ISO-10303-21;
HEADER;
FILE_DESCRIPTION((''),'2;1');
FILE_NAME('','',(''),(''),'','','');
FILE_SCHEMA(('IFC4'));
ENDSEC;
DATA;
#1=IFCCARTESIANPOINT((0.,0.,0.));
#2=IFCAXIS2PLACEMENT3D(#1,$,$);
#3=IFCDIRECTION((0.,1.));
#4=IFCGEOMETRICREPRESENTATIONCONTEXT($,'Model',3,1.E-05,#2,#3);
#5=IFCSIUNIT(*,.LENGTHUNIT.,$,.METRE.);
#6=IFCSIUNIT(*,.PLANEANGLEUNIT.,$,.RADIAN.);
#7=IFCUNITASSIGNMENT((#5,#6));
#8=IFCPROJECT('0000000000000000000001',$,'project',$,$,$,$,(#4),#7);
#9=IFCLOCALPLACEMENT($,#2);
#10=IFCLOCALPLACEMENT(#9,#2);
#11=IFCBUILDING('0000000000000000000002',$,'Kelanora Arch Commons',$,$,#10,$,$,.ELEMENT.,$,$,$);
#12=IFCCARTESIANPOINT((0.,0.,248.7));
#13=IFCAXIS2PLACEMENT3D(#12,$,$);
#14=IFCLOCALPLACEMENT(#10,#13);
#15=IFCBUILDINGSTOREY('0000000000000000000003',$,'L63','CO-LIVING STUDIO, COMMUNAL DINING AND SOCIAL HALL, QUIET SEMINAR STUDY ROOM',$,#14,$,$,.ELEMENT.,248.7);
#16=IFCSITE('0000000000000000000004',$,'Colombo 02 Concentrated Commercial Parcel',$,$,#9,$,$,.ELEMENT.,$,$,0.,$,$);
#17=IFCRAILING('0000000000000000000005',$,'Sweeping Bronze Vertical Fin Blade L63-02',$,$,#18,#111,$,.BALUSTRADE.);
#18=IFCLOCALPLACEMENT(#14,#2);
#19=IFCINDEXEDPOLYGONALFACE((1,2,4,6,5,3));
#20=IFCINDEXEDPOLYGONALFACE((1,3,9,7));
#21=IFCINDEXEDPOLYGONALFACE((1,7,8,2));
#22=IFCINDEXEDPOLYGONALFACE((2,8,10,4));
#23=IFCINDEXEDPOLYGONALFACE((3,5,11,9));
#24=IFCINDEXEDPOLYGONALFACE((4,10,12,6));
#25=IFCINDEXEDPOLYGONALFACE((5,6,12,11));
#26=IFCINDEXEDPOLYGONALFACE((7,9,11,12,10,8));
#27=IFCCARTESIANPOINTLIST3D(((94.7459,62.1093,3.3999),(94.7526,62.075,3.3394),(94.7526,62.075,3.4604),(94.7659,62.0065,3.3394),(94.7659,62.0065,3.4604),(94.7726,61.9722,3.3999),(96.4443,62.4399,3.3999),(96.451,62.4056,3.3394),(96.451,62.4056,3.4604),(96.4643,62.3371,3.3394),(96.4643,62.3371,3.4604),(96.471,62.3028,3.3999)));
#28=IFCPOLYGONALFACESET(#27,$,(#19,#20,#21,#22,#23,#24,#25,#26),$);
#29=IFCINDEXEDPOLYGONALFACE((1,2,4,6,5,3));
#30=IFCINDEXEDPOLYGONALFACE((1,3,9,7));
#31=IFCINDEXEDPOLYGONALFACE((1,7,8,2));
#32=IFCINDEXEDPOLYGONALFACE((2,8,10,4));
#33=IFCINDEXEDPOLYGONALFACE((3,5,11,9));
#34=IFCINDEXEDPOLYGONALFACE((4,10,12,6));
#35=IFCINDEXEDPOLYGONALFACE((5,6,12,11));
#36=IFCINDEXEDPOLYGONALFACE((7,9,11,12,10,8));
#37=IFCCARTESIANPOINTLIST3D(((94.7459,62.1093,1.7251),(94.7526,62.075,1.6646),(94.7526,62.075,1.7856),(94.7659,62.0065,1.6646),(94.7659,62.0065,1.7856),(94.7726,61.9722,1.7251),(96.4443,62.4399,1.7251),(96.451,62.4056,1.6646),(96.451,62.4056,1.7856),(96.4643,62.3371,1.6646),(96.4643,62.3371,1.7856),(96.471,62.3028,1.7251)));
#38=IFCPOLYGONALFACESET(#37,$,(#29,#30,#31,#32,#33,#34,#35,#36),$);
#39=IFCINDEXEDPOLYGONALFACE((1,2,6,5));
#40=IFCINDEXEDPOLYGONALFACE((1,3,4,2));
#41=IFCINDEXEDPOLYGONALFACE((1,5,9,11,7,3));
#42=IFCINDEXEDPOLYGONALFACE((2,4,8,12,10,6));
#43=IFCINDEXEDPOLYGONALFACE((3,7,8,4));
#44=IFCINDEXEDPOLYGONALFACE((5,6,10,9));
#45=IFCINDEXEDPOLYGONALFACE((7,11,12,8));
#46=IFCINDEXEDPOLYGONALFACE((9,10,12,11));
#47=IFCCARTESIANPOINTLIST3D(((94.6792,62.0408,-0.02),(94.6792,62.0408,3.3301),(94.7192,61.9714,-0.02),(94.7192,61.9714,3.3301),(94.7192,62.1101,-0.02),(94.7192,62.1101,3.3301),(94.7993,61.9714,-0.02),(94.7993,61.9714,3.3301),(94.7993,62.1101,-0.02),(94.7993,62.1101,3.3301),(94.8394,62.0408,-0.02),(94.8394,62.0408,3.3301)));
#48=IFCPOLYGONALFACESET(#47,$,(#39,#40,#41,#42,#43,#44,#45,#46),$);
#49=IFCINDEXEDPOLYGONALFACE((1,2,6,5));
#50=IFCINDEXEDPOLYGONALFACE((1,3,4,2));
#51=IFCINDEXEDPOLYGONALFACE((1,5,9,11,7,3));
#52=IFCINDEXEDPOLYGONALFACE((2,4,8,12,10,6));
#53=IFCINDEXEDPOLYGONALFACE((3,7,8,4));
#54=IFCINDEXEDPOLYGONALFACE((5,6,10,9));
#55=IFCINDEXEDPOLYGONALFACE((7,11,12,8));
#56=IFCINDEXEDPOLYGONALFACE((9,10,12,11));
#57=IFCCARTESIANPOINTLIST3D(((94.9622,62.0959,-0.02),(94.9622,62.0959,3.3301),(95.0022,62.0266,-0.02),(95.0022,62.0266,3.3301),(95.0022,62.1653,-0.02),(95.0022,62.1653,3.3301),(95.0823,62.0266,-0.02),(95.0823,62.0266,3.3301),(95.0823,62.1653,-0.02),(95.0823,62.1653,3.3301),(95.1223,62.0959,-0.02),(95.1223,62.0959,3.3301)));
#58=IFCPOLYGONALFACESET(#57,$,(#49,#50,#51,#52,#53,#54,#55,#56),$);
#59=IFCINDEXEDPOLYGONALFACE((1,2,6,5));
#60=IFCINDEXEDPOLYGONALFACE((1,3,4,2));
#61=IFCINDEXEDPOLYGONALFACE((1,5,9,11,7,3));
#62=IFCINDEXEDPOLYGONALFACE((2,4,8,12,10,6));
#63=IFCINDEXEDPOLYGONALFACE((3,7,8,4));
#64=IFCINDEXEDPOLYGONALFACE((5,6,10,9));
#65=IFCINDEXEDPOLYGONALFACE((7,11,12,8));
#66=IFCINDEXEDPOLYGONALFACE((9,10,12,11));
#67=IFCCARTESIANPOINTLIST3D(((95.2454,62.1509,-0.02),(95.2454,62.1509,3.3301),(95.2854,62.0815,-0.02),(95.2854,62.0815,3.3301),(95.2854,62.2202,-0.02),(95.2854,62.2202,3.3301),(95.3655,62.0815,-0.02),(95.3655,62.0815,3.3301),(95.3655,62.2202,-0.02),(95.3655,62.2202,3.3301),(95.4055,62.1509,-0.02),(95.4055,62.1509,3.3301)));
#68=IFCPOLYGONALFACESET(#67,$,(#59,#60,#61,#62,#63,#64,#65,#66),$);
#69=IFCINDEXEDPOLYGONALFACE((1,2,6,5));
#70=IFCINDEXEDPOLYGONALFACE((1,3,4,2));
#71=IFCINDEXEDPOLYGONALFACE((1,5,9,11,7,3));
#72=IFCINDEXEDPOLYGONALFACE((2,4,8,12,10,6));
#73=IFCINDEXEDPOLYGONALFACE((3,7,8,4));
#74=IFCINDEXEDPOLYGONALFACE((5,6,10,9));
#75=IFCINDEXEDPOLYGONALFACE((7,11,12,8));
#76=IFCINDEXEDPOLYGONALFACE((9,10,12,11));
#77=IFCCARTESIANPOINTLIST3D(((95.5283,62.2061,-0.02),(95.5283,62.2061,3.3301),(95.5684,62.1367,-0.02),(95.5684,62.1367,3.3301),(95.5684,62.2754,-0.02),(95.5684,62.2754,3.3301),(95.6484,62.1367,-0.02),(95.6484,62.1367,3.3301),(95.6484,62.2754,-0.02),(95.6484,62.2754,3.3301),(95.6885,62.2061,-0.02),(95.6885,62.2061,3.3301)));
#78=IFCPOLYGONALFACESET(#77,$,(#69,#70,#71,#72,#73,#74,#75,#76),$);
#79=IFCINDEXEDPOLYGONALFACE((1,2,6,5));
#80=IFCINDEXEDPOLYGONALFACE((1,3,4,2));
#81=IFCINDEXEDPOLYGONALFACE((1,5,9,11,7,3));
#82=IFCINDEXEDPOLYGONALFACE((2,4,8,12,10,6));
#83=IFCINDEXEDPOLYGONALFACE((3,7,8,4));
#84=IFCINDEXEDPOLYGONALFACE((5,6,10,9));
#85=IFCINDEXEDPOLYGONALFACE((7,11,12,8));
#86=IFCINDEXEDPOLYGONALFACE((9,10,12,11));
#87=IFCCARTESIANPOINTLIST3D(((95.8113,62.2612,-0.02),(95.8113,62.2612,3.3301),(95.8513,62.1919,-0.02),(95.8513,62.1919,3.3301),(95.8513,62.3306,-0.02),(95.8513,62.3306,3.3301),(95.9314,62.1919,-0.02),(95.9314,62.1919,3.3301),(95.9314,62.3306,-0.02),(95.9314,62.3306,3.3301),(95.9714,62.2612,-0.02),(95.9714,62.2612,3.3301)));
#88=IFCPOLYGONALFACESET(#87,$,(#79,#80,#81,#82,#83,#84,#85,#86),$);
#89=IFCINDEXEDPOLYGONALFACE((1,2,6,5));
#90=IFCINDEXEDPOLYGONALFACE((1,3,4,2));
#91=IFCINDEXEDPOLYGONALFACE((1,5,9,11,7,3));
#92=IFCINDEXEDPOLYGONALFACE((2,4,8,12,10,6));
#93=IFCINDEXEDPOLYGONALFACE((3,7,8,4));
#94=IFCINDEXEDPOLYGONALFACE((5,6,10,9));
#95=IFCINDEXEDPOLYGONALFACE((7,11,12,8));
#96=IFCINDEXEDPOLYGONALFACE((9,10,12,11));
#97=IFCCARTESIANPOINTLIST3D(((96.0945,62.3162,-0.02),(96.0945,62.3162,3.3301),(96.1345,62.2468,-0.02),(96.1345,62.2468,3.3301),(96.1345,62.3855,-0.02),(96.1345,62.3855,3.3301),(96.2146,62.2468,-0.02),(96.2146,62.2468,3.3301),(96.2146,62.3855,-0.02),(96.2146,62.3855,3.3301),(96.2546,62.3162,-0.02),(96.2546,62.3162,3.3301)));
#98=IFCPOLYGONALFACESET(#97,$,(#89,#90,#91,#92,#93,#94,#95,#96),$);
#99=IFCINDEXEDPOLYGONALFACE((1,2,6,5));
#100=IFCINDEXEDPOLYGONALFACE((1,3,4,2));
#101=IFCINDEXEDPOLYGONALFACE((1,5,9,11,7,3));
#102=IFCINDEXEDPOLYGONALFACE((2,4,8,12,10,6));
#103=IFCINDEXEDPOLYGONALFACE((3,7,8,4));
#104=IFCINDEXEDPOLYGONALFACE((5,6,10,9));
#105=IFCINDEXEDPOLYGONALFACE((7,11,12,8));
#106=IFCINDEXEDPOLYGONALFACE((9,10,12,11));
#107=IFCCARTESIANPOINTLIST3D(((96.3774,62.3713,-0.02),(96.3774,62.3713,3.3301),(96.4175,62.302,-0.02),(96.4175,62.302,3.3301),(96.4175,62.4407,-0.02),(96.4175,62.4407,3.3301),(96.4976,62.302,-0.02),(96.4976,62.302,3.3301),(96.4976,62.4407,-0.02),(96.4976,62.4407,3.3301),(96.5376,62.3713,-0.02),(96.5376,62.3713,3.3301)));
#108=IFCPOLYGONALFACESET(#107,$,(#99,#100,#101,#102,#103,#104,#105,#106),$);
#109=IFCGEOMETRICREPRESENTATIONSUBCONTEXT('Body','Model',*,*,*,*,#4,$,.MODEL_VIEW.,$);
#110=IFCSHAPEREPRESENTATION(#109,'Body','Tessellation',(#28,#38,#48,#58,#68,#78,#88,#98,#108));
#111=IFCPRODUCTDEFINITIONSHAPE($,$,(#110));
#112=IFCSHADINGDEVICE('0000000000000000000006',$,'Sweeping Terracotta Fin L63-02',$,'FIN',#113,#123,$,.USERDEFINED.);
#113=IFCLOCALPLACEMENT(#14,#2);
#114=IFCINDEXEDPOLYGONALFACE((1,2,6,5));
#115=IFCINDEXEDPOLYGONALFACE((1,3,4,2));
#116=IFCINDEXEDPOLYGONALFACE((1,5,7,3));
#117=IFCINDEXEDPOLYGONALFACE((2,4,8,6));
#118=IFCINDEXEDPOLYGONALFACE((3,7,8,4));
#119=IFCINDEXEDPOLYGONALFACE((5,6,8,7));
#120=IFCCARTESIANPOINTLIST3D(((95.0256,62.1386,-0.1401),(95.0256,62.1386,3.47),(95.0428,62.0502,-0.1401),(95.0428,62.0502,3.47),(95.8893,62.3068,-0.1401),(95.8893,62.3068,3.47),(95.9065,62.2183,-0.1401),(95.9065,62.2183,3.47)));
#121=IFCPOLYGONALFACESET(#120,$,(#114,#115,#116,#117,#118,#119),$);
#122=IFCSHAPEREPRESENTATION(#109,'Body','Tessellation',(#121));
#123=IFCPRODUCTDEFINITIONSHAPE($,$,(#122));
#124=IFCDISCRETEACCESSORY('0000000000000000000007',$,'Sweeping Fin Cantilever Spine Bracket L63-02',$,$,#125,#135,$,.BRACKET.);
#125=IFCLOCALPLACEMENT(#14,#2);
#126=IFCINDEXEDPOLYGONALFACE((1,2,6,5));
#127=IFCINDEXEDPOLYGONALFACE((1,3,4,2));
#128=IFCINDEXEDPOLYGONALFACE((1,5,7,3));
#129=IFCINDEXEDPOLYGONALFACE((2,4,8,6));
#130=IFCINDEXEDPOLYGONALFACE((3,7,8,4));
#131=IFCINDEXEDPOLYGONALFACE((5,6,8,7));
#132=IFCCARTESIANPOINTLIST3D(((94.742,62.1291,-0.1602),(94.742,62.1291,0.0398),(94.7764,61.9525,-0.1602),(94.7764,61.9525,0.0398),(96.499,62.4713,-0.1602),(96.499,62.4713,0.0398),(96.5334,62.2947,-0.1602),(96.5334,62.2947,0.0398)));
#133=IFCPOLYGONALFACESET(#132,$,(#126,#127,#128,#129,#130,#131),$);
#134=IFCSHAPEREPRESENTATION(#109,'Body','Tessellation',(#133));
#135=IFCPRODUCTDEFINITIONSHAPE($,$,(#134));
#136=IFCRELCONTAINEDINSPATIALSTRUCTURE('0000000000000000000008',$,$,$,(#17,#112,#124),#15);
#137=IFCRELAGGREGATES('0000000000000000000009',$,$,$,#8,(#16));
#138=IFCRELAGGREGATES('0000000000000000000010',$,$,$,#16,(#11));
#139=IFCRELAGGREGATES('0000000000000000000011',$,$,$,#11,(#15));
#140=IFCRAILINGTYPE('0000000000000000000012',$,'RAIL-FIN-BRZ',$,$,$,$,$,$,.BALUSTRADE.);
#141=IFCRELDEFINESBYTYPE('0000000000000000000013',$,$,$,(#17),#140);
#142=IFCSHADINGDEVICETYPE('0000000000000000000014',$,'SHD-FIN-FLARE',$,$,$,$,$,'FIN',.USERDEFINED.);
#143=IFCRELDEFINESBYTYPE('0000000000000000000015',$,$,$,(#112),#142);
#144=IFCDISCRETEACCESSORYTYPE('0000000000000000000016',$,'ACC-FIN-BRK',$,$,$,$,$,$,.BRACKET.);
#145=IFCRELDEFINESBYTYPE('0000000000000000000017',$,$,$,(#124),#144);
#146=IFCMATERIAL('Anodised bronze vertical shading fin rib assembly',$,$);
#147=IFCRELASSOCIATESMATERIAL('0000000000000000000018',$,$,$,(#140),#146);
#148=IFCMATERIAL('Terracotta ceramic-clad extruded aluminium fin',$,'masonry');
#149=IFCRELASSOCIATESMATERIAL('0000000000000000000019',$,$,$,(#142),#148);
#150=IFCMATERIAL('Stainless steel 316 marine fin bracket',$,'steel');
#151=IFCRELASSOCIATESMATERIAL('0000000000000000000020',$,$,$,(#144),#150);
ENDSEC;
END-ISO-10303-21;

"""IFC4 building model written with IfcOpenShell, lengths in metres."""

from ifc_helpers import new_model, si_unit, direction, frame, origin, origin_2d, place, context, subcontext, project, spatial, polyline, rectangle, outline, extrude, source, transform, mapped, material, type_object, element, save


model = new_model("IFC4")

# Units and contexts
model_context = context("Model", 3, precision=1e-05, world=origin(), true_north=direction((0.0, 1.0)))
body_context = subcontext(model_context, "Body", "Model", "MODEL_VIEW")
ifc_project = project(units=[si_unit("LENGTHUNIT", "METRE"), si_unit("PLANEANGLEUNIT", "RADIAN")], contexts=[model_context])

# Site, building, storey
site_placement = place(None, origin())
site = spatial("IfcSite", under=ifc_project, at=site_placement, Name="Colombo 02 Concentrated Commercial Parcel", CompositionType="ELEMENT", RefElevation=0.0)
building_placement = place(site_placement, origin())
building = spatial("IfcBuilding", under=site, at=building_placement, Name="Kelanora Arch Commons", CompositionType="ELEMENT")
storey_placement = place(building_placement, frame((0.0, 0.0, 248.7)))
storey = spatial("IfcBuildingStorey", under=building, at=storey_placement, Name="L63", Description="CO-LIVING STUDIO, COMMUNAL DINING AND SOCIAL HALL, QUIET SEMINAR STUDY ROOM", CompositionType="ELEMENT", Elevation=248.7)

# Railing
ifc_material_1 = material(Name="Anodised bronze vertical shading fin rib assembly")
railing_type = type_object("IfcRailingType", Name="RAIL-FIN-BRZ", PredefinedType="BALUSTRADE", material=ifc_material_1)
railing_placement = place(storey_placement, frame((94.7593, 62.0408, -0.02)))
element("IfcRailing", 1, at=railing_placement, inside=storey, type_object=railing_type, Name="Sweeping Bronze Vertical Fin Blade L63-02", PredefinedType="BALUSTRADE", context=body_context, shape_type="SweptSolid", body=[
    extrude(outline(polyline([(0.0698, 0.0), (0.0349, 0.0605), (-0.0349, 0.0605), (-0.0698, 0.0), (-0.0349, -0.0605), (0.0349, -0.0605), (0.0698, 0.0)])), frame((0.0, 0.0, 3.4199), z_axis=(0.981577, 0.191066, 0.0), x_axis=(-0.191066, 0.981577, 0.0)), (0.0, 0.0, 1.0), 1.7302),
    extrude(outline(polyline([(0.0698, 0.0), (0.0349, 0.0605), (-0.0349, 0.0605), (-0.0698, 0.0), (-0.0349, -0.0605), (0.0349, -0.0605), (0.0698, 0.0)])), frame((0.0, 0.0, 1.7451), z_axis=(0.981577, 0.191066, 0.0), x_axis=(-0.191066, 0.981577, 0.0)), (0.0, 0.0, 1.0), 1.7302),
    extrude(outline(polyline([(0.0801, 0.0), (0.04, 0.0693), (-0.04, 0.0693), (-0.0801, 0.0), (-0.04, -0.0693), (0.04, -0.0693), (0.0801, 0.0)])), origin(), (0.0, 0.0, 1.0), 3.3501),
    extrude(outline(polyline([(0.0801, 0.0), (0.04, 0.0693), (-0.04, 0.0693), (-0.0801, 0.0), (-0.04, -0.0693), (0.04, -0.0693), (0.0801, 0.0)])), frame((0.283, 0.0552, 0.0)), (0.0, 0.0, 1.0), 3.3501),
    extrude(outline(polyline([(0.0801, 0.0), (0.04, 0.0693), (-0.04, 0.0693), (-0.0801, 0.0), (-0.04, -0.0693), (0.04, -0.0693), (0.0801, 0.0)])), frame((0.5662, 0.1101, 0.0)), (0.0, 0.0, 1.0), 3.3501),
    extrude(outline(polyline([(0.0801, 0.0), (0.04, 0.0693), (-0.04, 0.0693), (-0.0801, 0.0), (-0.04, -0.0693), (0.04, -0.0693), (0.0801, 0.0)])), frame((0.8491, 0.1653, 0.0)), (0.0, 0.0, 1.0), 3.3501),
    extrude(outline(polyline([(0.0801, 0.0), (0.04, 0.0693), (-0.04, 0.0693), (-0.0801, 0.0), (-0.04, -0.0693), (0.04, -0.0693), (0.0801, 0.0)])), frame((1.1321, 0.2205, 0.0)), (0.0, 0.0, 1.0), 3.3501),
    extrude(outline(polyline([(0.0801, 0.0), (0.04, 0.0693), (-0.04, 0.0693), (-0.0801, 0.0), (-0.04, -0.0693), (0.04, -0.0693), (0.0801, 0.0)])), frame((1.4153, 0.2754, 0.0)), (0.0, 0.0, 1.0), 3.3501),
    extrude(outline(polyline([(0.0801, 0.0), (0.04, 0.0693), (-0.04, 0.0693), (-0.0801, 0.0), (-0.04, -0.0693), (0.04, -0.0693), (0.0801, 0.0)])), frame((1.6982, 0.3306, 0.0)), (0.0, 0.0, 1.0), 3.3501),
])

# Shading device
ifc_material_2 = material(Name="Terracotta ceramic-clad extruded aluminium fin", Category="masonry")
shading_device_type = type_object("IfcShadingDeviceType", Name="SHD-FIN-FLARE", ElementType="FIN", PredefinedType="USERDEFINED", material=ifc_material_2)
shared_shape_1 = source(origin(), body_context, "Body", "SweptSolid", [
    extrude(rectangle(XDim=0.8799, YDim=0.0901, at=origin_2d()), origin(), (0.0, 0.0, 1.0), 3.6101),
])
shading_device_placement = place(storey_placement, frame((95.4661, 62.1785, -0.1401), z_axis=(0.0, 0.0, 1.0), x_axis=(0.981561, 0.191152, 0.0)))
element("IfcShadingDevice", 2, at=shading_device_placement, inside=storey, type_object=shading_device_type, Name="Sweeping Terracotta Fin L63-02", ObjectType="FIN", PredefinedType="USERDEFINED", context=body_context, shape_type="MappedRepresentation", body=[
    mapped(shared_shape_1, transform((0.0, 0.0, 0.0), scale=1.0)),
])

# Discrete accessory
ifc_material_3 = material(Name="Stainless steel 316 marine fin bracket", Category="steel")
discrete_accessory_type = type_object("IfcDiscreteAccessoryType", Name="ACC-FIN-BRK", PredefinedType="BRACKET", material=ifc_material_3)
shared_shape_2 = source(origin(), body_context, "Body", "SweptSolid", [
    extrude(rectangle(XDim=1.79, YDim=0.1799, at=origin_2d()), origin(), (0.0, 0.0, 1.0), 0.2),
])
discrete_accessory_placement = place(storey_placement, frame((95.6377, 62.2119, -0.1602), z_axis=(0.0, 0.0, 1.0), x_axis=(0.981561, 0.191152, 0.0)))
element("IfcDiscreteAccessory", 3, at=discrete_accessory_placement, inside=storey, type_object=discrete_accessory_type, Name="Sweeping Fin Cantilever Spine Bracket L63-02", PredefinedType="BRACKET", context=body_context, shape_type="MappedRepresentation", body=[
    mapped(shared_shape_2, transform((0.0, 0.0, 0.0), scale=1.0)),
])

save(model, "model.ifc")
